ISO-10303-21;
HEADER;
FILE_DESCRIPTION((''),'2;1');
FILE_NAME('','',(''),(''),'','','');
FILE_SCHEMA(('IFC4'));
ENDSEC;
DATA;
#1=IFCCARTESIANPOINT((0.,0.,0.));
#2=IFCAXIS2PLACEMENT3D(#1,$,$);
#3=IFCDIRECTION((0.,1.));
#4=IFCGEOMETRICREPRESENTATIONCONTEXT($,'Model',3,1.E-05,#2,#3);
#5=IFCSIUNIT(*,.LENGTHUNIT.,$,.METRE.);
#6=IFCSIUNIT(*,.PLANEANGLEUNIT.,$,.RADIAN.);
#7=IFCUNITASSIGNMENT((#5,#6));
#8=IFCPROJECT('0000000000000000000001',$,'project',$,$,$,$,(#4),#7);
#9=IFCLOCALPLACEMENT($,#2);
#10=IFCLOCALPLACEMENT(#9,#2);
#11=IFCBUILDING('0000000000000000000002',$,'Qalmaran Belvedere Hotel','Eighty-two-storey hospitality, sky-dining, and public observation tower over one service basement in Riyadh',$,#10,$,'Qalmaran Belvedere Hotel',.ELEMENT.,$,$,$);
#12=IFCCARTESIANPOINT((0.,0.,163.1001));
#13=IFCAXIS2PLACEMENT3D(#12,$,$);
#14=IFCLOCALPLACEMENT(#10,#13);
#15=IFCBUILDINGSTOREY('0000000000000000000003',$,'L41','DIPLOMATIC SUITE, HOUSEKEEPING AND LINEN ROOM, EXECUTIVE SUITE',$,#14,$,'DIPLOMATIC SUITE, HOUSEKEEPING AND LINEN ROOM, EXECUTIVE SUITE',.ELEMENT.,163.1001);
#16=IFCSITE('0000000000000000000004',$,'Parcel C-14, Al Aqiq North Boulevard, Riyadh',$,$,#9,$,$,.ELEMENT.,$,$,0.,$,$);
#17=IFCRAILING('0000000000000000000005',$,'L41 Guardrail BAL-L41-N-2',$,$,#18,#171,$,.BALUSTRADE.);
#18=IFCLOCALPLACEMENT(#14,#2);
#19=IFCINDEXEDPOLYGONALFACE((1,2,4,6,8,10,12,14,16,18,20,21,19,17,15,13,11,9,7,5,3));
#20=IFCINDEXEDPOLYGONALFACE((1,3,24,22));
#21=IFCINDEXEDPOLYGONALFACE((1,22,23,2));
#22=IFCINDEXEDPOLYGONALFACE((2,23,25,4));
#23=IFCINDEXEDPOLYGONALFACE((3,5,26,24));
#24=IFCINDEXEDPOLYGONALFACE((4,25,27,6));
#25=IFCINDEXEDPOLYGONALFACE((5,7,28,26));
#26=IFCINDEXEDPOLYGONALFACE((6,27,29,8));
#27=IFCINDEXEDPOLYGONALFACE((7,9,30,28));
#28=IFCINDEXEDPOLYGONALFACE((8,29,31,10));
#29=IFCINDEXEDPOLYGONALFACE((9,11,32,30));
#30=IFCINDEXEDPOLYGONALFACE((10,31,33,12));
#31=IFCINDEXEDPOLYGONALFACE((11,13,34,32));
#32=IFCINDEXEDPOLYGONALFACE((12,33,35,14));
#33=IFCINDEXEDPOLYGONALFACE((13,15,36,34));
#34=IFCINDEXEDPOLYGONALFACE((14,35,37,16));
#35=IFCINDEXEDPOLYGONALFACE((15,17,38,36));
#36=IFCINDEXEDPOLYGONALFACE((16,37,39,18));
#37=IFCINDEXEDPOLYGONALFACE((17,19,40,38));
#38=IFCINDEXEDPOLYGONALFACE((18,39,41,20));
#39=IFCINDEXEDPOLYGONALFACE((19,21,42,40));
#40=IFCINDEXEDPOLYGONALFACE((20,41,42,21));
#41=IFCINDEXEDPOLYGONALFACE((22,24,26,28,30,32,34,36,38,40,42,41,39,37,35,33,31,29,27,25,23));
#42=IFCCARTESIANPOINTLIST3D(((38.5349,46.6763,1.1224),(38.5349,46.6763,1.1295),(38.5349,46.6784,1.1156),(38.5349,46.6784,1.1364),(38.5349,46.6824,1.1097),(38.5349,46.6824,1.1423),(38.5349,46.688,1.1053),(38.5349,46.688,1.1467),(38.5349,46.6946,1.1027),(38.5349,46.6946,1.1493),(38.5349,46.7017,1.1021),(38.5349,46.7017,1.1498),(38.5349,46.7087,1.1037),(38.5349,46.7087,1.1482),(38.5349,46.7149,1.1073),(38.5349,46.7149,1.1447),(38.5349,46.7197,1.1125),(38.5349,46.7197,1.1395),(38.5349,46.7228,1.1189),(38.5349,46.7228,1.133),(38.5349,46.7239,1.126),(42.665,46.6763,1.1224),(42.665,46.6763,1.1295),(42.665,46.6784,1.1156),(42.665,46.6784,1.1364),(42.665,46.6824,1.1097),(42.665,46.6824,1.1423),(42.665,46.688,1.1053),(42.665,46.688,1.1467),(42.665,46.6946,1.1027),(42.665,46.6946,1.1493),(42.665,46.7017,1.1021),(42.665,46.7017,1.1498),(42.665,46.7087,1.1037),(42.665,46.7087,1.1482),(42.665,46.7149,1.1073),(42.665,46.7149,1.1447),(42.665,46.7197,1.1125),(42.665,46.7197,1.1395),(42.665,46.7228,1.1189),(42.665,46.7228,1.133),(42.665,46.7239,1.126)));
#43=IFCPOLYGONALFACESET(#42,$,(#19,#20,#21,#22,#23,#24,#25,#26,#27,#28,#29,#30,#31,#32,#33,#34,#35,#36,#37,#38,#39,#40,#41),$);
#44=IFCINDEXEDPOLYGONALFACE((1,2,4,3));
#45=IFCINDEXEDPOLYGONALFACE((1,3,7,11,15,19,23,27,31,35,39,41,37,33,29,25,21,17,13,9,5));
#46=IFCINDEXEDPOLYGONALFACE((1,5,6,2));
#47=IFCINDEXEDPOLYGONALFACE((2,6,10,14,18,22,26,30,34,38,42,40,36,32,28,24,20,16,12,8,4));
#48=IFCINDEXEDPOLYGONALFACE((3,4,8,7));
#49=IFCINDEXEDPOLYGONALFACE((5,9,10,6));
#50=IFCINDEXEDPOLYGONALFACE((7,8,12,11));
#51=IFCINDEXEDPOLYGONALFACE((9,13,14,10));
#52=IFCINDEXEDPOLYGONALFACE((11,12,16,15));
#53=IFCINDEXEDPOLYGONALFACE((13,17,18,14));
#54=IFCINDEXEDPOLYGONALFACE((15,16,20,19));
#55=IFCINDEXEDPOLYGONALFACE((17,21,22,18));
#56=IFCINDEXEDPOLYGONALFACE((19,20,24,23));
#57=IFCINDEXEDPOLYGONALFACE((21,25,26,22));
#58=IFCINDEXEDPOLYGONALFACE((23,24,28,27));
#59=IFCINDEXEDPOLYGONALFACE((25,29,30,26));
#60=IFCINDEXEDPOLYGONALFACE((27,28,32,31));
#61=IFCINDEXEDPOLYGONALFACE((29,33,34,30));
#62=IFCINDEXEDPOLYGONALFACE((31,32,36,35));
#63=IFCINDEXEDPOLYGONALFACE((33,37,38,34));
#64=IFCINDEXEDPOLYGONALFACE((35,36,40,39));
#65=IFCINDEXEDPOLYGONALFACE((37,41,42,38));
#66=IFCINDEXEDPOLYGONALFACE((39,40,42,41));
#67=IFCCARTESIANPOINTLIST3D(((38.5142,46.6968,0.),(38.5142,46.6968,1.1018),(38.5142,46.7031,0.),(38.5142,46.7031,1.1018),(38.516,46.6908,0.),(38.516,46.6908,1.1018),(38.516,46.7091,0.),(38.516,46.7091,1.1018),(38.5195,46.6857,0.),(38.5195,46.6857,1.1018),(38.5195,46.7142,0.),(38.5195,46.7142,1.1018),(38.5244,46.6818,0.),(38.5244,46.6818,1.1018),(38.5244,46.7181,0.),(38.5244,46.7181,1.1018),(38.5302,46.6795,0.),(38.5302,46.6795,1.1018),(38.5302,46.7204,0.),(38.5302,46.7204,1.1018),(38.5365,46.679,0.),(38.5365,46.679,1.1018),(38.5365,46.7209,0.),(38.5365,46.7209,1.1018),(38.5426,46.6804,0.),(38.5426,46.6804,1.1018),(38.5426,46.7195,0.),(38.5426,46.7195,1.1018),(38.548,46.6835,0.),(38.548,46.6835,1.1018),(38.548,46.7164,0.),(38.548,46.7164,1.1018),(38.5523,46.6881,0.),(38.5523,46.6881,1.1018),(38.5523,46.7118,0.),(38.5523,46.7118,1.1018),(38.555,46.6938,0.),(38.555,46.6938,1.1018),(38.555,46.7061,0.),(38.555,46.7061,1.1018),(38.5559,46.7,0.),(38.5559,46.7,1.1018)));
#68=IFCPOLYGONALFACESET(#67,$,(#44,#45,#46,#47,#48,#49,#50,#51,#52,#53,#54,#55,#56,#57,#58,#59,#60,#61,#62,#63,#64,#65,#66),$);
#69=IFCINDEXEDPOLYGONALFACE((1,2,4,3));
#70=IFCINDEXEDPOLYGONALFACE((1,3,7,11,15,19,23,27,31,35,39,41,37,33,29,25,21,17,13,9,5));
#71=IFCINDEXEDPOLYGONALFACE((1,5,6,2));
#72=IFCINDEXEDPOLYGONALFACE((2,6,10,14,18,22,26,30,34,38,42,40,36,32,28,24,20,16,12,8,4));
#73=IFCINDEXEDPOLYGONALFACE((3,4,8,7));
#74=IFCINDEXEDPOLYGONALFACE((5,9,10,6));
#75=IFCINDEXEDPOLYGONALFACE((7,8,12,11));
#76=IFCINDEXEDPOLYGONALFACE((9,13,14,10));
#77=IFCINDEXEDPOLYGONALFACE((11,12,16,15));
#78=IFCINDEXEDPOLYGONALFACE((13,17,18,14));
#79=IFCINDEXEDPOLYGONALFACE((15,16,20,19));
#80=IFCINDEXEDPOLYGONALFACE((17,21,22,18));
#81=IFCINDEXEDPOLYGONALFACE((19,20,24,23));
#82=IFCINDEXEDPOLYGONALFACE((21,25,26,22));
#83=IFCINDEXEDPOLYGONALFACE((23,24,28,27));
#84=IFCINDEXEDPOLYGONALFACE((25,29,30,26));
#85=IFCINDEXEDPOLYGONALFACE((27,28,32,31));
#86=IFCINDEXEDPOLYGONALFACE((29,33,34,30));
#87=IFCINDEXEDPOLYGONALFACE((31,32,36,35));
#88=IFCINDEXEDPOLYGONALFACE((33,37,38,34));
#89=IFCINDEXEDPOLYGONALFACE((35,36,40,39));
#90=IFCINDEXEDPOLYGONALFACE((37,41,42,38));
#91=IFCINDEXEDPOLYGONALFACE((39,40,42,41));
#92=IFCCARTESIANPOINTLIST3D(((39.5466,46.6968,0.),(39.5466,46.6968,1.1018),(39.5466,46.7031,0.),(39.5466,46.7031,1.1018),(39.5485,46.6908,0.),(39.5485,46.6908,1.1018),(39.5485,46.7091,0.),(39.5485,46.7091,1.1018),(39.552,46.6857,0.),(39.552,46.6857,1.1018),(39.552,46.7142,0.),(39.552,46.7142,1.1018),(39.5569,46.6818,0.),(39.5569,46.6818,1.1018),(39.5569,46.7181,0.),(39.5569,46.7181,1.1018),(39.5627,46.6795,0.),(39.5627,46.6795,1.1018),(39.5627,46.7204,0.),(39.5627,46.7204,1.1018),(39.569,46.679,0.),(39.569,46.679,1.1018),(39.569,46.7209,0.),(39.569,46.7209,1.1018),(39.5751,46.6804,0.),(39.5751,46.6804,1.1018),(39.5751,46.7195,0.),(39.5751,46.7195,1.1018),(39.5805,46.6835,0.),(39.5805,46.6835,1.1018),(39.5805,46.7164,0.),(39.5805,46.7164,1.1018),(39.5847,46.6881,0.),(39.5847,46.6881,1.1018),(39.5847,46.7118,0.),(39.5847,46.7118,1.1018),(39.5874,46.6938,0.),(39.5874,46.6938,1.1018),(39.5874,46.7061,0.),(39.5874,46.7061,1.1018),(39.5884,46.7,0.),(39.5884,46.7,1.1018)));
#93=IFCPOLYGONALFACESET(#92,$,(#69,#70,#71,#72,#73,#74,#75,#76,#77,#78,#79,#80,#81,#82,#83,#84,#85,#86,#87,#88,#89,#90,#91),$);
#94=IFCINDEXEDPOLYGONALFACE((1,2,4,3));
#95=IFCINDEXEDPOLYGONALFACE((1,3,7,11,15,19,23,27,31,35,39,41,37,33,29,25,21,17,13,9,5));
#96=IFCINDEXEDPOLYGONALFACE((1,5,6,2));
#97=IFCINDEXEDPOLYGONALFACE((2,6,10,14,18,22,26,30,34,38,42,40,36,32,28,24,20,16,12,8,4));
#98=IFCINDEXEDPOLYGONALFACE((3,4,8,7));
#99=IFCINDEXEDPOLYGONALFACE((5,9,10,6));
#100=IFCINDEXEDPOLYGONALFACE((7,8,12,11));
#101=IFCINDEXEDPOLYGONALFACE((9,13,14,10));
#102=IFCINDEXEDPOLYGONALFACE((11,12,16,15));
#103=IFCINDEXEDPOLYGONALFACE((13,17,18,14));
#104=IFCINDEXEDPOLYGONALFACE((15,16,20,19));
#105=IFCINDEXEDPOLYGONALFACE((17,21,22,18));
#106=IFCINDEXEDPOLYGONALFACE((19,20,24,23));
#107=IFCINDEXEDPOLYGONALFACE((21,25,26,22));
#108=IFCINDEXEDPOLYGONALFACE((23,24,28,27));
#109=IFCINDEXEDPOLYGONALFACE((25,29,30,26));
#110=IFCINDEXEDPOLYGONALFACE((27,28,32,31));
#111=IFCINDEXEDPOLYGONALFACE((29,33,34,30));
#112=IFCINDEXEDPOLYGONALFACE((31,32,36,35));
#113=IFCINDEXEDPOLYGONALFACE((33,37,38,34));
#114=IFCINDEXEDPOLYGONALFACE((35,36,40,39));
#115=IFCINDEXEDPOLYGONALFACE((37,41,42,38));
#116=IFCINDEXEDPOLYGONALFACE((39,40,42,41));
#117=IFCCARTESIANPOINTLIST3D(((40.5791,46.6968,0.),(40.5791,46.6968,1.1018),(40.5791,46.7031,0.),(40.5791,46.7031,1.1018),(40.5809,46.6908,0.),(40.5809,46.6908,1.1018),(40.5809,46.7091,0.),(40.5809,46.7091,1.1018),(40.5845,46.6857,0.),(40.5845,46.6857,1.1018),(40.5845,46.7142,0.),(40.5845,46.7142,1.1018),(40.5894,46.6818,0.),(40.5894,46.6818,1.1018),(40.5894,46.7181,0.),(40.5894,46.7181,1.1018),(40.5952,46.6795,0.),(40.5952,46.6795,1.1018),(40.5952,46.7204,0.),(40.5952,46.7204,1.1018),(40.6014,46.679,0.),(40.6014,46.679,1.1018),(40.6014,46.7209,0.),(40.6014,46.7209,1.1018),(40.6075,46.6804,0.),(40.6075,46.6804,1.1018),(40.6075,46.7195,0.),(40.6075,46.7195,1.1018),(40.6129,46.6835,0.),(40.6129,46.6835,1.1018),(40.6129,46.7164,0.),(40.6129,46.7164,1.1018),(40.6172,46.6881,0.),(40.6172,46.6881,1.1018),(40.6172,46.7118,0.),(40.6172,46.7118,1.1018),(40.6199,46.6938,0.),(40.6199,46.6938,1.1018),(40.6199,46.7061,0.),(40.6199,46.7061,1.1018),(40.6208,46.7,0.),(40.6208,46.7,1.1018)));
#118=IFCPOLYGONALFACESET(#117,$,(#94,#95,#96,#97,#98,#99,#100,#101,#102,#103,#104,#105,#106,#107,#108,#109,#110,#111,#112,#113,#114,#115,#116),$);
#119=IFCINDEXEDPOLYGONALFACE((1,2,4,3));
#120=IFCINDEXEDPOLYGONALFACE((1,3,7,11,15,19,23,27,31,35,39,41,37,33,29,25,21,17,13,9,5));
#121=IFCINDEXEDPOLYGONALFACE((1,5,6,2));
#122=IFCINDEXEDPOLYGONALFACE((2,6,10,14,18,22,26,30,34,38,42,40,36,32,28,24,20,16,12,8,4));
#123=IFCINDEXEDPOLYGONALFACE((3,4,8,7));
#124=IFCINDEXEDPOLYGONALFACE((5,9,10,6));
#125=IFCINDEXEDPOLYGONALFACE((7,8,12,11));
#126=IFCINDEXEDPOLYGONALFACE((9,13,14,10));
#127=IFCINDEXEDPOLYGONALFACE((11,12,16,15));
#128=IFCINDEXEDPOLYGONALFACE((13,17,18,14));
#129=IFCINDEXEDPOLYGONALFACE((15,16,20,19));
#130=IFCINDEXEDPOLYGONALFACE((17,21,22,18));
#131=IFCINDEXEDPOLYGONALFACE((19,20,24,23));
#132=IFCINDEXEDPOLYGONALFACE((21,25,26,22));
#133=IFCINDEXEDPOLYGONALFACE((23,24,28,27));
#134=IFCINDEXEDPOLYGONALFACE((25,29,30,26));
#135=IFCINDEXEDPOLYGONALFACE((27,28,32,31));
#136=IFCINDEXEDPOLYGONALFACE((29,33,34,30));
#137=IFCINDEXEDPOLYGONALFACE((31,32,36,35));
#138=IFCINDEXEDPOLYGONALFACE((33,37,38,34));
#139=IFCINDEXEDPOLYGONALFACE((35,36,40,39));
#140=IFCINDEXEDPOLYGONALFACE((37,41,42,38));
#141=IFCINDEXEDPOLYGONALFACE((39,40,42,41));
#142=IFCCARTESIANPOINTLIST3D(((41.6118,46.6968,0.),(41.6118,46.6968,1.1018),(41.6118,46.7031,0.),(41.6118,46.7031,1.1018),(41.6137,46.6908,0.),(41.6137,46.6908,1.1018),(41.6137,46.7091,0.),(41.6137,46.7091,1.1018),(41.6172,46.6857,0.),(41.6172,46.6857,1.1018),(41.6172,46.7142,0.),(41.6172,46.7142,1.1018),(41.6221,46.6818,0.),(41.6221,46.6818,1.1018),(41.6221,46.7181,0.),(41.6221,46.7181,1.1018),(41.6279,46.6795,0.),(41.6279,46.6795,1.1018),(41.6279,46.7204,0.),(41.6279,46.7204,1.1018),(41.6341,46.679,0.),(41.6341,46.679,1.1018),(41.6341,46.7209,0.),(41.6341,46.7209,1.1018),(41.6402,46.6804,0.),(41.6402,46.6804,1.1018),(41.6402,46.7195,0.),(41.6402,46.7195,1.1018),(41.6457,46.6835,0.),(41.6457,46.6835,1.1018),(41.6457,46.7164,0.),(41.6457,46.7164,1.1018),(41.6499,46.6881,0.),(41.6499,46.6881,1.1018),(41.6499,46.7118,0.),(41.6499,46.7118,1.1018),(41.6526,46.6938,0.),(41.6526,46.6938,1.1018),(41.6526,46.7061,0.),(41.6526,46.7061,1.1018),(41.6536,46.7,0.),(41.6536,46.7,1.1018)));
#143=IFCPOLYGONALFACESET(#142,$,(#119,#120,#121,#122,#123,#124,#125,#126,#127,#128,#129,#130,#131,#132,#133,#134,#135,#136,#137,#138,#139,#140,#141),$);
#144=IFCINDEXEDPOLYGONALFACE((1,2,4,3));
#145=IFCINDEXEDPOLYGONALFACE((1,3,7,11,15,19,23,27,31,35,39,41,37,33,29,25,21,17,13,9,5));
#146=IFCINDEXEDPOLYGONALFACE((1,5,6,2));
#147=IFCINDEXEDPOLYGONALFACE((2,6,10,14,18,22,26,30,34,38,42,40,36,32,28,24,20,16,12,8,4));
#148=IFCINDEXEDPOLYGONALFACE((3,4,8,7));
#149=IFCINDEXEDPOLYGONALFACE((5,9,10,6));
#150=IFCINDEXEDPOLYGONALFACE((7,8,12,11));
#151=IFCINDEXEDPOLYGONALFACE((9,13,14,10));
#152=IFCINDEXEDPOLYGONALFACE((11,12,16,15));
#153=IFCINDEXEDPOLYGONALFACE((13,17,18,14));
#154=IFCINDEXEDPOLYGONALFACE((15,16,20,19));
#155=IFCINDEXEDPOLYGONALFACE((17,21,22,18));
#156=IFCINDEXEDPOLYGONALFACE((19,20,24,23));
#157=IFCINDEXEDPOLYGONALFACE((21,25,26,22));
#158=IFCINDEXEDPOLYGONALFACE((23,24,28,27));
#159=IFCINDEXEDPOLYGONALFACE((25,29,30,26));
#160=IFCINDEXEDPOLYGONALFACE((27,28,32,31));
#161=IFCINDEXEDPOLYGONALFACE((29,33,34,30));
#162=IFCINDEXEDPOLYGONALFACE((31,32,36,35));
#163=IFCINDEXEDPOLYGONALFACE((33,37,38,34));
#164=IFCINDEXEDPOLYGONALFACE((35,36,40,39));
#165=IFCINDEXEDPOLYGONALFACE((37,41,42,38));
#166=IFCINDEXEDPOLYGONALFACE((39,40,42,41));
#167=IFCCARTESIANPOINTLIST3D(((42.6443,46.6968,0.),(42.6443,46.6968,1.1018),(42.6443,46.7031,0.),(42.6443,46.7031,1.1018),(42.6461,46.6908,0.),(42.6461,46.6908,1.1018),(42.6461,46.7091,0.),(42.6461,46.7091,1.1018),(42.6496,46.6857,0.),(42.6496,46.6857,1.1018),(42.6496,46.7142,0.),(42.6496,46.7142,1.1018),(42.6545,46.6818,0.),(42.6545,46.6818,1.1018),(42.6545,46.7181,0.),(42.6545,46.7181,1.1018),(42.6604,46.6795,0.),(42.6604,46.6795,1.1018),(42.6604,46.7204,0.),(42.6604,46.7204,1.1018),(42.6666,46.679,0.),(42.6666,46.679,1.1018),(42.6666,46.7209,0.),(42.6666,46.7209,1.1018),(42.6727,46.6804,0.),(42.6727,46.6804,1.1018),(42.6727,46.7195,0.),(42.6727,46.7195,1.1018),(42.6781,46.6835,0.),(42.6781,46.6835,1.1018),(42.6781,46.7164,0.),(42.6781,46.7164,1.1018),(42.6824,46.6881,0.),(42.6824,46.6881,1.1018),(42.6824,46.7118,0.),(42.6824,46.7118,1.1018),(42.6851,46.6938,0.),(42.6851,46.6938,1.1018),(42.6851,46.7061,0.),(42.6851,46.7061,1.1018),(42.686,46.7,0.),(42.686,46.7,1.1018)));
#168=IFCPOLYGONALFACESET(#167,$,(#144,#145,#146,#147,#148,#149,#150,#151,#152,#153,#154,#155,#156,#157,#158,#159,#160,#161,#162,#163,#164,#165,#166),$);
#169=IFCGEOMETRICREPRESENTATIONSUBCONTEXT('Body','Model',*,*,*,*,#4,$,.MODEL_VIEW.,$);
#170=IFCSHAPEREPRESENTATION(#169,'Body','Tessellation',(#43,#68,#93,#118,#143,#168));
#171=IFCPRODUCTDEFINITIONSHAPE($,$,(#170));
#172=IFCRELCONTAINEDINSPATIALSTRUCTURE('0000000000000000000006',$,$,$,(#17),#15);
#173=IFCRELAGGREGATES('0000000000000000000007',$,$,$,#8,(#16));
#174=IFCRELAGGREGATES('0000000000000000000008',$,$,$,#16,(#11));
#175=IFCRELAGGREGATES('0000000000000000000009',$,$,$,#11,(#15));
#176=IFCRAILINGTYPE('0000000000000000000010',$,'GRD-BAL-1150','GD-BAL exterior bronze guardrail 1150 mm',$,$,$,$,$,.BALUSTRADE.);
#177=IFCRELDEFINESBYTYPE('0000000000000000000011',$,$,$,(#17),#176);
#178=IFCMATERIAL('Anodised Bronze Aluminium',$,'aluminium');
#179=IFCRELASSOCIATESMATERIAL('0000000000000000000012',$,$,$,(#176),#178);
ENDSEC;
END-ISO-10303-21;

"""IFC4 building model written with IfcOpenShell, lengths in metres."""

from ifc_helpers import new_model, si_unit, direction, frame, origin, origin_2d, place, context, subcontext, project, spatial, circle, extrude, material, type_object, element, save


model = new_model("IFC4")

# Units and contexts
model_context = context("Model", 3, precision=1e-05, world=origin(), true_north=direction((0.0, 1.0)))
body_context = subcontext(model_context, "Body", "Model", "MODEL_VIEW")
ifc_project = project(units=[si_unit("LENGTHUNIT", "METRE"), si_unit("PLANEANGLEUNIT", "RADIAN")], contexts=[model_context])

# Site, building, storey
site_placement = place(None, origin())
site = spatial("IfcSite", under=ifc_project, at=site_placement, Name="Parcel C-14, Al Aqiq North Boulevard, Riyadh", CompositionType="ELEMENT", RefElevation=0.0)
building_placement = place(site_placement, origin())
building = spatial("IfcBuilding", under=site, at=building_placement, Name="Qalmaran Belvedere Hotel", Description="Eighty-two-storey hospitality, sky-dining, and public observation tower over one service basement in Riyadh", LongName="Qalmaran Belvedere Hotel", CompositionType="ELEMENT")
storey_placement = place(building_placement, frame((0.0, 0.0, 163.1001)))
storey = spatial("IfcBuildingStorey", under=building, at=storey_placement, Name="L41", Description="DIPLOMATIC SUITE, HOUSEKEEPING AND LINEN ROOM, EXECUTIVE SUITE", LongName="DIPLOMATIC SUITE, HOUSEKEEPING AND LINEN ROOM, EXECUTIVE SUITE", CompositionType="ELEMENT", Elevation=163.1001)

# Shared definitions
ifc_material_1 = material(Name="Anodised Bronze Aluminium", Category="aluminium")

# Railing
railing_type = type_object("IfcRailingType", Name="GRD-BAL-1150", Description="GD-BAL exterior bronze guardrail 1150 mm", PredefinedType="BALUSTRADE", material=ifc_material_1)
railing_1_placement = place(storey_placement, frame((38.5349, 46.7, 0.0)))
element("IfcRailing", 1, at=railing_1_placement, inside=storey, type_object=railing_type, Name="L41 Guardrail BAL-L41-N-2", PredefinedType="BALUSTRADE", context=body_context, shape_type="SweptSolid", body=[
    extrude(circle(Radius=0.0239, at=origin_2d()), frame((0.0, 0.0, 1.126), z_axis=(1.0, 0.0, 0.0), x_axis=(0.0, 1.0, 0.0)), (0.0, 0.0, 1.0), 4.1301),
    extrude(circle(Radius=0.021, at=origin_2d()), origin(), (0.0, 0.0, 1.0), 1.1018),
    extrude(circle(Radius=0.021, at=origin_2d()), frame((1.0325, 0.0, 0.0)), (0.0, 0.0, 1.0), 1.1018),
    extrude(circle(Radius=0.021, at=origin_2d()), frame((2.0649, 0.0, 0.0)), (0.0, 0.0, 1.0), 1.1018),
    extrude(circle(Radius=0.021, at=origin_2d()), frame((3.0977, 0.0, 0.0)), (0.0, 0.0, 1.0), 1.1018),
    extrude(circle(Radius=0.021, at=origin_2d()), frame((4.1301, 0.0, 0.0)), (0.0, 0.0, 1.0), 1.1018),
])

save(model, "model.ifc")
